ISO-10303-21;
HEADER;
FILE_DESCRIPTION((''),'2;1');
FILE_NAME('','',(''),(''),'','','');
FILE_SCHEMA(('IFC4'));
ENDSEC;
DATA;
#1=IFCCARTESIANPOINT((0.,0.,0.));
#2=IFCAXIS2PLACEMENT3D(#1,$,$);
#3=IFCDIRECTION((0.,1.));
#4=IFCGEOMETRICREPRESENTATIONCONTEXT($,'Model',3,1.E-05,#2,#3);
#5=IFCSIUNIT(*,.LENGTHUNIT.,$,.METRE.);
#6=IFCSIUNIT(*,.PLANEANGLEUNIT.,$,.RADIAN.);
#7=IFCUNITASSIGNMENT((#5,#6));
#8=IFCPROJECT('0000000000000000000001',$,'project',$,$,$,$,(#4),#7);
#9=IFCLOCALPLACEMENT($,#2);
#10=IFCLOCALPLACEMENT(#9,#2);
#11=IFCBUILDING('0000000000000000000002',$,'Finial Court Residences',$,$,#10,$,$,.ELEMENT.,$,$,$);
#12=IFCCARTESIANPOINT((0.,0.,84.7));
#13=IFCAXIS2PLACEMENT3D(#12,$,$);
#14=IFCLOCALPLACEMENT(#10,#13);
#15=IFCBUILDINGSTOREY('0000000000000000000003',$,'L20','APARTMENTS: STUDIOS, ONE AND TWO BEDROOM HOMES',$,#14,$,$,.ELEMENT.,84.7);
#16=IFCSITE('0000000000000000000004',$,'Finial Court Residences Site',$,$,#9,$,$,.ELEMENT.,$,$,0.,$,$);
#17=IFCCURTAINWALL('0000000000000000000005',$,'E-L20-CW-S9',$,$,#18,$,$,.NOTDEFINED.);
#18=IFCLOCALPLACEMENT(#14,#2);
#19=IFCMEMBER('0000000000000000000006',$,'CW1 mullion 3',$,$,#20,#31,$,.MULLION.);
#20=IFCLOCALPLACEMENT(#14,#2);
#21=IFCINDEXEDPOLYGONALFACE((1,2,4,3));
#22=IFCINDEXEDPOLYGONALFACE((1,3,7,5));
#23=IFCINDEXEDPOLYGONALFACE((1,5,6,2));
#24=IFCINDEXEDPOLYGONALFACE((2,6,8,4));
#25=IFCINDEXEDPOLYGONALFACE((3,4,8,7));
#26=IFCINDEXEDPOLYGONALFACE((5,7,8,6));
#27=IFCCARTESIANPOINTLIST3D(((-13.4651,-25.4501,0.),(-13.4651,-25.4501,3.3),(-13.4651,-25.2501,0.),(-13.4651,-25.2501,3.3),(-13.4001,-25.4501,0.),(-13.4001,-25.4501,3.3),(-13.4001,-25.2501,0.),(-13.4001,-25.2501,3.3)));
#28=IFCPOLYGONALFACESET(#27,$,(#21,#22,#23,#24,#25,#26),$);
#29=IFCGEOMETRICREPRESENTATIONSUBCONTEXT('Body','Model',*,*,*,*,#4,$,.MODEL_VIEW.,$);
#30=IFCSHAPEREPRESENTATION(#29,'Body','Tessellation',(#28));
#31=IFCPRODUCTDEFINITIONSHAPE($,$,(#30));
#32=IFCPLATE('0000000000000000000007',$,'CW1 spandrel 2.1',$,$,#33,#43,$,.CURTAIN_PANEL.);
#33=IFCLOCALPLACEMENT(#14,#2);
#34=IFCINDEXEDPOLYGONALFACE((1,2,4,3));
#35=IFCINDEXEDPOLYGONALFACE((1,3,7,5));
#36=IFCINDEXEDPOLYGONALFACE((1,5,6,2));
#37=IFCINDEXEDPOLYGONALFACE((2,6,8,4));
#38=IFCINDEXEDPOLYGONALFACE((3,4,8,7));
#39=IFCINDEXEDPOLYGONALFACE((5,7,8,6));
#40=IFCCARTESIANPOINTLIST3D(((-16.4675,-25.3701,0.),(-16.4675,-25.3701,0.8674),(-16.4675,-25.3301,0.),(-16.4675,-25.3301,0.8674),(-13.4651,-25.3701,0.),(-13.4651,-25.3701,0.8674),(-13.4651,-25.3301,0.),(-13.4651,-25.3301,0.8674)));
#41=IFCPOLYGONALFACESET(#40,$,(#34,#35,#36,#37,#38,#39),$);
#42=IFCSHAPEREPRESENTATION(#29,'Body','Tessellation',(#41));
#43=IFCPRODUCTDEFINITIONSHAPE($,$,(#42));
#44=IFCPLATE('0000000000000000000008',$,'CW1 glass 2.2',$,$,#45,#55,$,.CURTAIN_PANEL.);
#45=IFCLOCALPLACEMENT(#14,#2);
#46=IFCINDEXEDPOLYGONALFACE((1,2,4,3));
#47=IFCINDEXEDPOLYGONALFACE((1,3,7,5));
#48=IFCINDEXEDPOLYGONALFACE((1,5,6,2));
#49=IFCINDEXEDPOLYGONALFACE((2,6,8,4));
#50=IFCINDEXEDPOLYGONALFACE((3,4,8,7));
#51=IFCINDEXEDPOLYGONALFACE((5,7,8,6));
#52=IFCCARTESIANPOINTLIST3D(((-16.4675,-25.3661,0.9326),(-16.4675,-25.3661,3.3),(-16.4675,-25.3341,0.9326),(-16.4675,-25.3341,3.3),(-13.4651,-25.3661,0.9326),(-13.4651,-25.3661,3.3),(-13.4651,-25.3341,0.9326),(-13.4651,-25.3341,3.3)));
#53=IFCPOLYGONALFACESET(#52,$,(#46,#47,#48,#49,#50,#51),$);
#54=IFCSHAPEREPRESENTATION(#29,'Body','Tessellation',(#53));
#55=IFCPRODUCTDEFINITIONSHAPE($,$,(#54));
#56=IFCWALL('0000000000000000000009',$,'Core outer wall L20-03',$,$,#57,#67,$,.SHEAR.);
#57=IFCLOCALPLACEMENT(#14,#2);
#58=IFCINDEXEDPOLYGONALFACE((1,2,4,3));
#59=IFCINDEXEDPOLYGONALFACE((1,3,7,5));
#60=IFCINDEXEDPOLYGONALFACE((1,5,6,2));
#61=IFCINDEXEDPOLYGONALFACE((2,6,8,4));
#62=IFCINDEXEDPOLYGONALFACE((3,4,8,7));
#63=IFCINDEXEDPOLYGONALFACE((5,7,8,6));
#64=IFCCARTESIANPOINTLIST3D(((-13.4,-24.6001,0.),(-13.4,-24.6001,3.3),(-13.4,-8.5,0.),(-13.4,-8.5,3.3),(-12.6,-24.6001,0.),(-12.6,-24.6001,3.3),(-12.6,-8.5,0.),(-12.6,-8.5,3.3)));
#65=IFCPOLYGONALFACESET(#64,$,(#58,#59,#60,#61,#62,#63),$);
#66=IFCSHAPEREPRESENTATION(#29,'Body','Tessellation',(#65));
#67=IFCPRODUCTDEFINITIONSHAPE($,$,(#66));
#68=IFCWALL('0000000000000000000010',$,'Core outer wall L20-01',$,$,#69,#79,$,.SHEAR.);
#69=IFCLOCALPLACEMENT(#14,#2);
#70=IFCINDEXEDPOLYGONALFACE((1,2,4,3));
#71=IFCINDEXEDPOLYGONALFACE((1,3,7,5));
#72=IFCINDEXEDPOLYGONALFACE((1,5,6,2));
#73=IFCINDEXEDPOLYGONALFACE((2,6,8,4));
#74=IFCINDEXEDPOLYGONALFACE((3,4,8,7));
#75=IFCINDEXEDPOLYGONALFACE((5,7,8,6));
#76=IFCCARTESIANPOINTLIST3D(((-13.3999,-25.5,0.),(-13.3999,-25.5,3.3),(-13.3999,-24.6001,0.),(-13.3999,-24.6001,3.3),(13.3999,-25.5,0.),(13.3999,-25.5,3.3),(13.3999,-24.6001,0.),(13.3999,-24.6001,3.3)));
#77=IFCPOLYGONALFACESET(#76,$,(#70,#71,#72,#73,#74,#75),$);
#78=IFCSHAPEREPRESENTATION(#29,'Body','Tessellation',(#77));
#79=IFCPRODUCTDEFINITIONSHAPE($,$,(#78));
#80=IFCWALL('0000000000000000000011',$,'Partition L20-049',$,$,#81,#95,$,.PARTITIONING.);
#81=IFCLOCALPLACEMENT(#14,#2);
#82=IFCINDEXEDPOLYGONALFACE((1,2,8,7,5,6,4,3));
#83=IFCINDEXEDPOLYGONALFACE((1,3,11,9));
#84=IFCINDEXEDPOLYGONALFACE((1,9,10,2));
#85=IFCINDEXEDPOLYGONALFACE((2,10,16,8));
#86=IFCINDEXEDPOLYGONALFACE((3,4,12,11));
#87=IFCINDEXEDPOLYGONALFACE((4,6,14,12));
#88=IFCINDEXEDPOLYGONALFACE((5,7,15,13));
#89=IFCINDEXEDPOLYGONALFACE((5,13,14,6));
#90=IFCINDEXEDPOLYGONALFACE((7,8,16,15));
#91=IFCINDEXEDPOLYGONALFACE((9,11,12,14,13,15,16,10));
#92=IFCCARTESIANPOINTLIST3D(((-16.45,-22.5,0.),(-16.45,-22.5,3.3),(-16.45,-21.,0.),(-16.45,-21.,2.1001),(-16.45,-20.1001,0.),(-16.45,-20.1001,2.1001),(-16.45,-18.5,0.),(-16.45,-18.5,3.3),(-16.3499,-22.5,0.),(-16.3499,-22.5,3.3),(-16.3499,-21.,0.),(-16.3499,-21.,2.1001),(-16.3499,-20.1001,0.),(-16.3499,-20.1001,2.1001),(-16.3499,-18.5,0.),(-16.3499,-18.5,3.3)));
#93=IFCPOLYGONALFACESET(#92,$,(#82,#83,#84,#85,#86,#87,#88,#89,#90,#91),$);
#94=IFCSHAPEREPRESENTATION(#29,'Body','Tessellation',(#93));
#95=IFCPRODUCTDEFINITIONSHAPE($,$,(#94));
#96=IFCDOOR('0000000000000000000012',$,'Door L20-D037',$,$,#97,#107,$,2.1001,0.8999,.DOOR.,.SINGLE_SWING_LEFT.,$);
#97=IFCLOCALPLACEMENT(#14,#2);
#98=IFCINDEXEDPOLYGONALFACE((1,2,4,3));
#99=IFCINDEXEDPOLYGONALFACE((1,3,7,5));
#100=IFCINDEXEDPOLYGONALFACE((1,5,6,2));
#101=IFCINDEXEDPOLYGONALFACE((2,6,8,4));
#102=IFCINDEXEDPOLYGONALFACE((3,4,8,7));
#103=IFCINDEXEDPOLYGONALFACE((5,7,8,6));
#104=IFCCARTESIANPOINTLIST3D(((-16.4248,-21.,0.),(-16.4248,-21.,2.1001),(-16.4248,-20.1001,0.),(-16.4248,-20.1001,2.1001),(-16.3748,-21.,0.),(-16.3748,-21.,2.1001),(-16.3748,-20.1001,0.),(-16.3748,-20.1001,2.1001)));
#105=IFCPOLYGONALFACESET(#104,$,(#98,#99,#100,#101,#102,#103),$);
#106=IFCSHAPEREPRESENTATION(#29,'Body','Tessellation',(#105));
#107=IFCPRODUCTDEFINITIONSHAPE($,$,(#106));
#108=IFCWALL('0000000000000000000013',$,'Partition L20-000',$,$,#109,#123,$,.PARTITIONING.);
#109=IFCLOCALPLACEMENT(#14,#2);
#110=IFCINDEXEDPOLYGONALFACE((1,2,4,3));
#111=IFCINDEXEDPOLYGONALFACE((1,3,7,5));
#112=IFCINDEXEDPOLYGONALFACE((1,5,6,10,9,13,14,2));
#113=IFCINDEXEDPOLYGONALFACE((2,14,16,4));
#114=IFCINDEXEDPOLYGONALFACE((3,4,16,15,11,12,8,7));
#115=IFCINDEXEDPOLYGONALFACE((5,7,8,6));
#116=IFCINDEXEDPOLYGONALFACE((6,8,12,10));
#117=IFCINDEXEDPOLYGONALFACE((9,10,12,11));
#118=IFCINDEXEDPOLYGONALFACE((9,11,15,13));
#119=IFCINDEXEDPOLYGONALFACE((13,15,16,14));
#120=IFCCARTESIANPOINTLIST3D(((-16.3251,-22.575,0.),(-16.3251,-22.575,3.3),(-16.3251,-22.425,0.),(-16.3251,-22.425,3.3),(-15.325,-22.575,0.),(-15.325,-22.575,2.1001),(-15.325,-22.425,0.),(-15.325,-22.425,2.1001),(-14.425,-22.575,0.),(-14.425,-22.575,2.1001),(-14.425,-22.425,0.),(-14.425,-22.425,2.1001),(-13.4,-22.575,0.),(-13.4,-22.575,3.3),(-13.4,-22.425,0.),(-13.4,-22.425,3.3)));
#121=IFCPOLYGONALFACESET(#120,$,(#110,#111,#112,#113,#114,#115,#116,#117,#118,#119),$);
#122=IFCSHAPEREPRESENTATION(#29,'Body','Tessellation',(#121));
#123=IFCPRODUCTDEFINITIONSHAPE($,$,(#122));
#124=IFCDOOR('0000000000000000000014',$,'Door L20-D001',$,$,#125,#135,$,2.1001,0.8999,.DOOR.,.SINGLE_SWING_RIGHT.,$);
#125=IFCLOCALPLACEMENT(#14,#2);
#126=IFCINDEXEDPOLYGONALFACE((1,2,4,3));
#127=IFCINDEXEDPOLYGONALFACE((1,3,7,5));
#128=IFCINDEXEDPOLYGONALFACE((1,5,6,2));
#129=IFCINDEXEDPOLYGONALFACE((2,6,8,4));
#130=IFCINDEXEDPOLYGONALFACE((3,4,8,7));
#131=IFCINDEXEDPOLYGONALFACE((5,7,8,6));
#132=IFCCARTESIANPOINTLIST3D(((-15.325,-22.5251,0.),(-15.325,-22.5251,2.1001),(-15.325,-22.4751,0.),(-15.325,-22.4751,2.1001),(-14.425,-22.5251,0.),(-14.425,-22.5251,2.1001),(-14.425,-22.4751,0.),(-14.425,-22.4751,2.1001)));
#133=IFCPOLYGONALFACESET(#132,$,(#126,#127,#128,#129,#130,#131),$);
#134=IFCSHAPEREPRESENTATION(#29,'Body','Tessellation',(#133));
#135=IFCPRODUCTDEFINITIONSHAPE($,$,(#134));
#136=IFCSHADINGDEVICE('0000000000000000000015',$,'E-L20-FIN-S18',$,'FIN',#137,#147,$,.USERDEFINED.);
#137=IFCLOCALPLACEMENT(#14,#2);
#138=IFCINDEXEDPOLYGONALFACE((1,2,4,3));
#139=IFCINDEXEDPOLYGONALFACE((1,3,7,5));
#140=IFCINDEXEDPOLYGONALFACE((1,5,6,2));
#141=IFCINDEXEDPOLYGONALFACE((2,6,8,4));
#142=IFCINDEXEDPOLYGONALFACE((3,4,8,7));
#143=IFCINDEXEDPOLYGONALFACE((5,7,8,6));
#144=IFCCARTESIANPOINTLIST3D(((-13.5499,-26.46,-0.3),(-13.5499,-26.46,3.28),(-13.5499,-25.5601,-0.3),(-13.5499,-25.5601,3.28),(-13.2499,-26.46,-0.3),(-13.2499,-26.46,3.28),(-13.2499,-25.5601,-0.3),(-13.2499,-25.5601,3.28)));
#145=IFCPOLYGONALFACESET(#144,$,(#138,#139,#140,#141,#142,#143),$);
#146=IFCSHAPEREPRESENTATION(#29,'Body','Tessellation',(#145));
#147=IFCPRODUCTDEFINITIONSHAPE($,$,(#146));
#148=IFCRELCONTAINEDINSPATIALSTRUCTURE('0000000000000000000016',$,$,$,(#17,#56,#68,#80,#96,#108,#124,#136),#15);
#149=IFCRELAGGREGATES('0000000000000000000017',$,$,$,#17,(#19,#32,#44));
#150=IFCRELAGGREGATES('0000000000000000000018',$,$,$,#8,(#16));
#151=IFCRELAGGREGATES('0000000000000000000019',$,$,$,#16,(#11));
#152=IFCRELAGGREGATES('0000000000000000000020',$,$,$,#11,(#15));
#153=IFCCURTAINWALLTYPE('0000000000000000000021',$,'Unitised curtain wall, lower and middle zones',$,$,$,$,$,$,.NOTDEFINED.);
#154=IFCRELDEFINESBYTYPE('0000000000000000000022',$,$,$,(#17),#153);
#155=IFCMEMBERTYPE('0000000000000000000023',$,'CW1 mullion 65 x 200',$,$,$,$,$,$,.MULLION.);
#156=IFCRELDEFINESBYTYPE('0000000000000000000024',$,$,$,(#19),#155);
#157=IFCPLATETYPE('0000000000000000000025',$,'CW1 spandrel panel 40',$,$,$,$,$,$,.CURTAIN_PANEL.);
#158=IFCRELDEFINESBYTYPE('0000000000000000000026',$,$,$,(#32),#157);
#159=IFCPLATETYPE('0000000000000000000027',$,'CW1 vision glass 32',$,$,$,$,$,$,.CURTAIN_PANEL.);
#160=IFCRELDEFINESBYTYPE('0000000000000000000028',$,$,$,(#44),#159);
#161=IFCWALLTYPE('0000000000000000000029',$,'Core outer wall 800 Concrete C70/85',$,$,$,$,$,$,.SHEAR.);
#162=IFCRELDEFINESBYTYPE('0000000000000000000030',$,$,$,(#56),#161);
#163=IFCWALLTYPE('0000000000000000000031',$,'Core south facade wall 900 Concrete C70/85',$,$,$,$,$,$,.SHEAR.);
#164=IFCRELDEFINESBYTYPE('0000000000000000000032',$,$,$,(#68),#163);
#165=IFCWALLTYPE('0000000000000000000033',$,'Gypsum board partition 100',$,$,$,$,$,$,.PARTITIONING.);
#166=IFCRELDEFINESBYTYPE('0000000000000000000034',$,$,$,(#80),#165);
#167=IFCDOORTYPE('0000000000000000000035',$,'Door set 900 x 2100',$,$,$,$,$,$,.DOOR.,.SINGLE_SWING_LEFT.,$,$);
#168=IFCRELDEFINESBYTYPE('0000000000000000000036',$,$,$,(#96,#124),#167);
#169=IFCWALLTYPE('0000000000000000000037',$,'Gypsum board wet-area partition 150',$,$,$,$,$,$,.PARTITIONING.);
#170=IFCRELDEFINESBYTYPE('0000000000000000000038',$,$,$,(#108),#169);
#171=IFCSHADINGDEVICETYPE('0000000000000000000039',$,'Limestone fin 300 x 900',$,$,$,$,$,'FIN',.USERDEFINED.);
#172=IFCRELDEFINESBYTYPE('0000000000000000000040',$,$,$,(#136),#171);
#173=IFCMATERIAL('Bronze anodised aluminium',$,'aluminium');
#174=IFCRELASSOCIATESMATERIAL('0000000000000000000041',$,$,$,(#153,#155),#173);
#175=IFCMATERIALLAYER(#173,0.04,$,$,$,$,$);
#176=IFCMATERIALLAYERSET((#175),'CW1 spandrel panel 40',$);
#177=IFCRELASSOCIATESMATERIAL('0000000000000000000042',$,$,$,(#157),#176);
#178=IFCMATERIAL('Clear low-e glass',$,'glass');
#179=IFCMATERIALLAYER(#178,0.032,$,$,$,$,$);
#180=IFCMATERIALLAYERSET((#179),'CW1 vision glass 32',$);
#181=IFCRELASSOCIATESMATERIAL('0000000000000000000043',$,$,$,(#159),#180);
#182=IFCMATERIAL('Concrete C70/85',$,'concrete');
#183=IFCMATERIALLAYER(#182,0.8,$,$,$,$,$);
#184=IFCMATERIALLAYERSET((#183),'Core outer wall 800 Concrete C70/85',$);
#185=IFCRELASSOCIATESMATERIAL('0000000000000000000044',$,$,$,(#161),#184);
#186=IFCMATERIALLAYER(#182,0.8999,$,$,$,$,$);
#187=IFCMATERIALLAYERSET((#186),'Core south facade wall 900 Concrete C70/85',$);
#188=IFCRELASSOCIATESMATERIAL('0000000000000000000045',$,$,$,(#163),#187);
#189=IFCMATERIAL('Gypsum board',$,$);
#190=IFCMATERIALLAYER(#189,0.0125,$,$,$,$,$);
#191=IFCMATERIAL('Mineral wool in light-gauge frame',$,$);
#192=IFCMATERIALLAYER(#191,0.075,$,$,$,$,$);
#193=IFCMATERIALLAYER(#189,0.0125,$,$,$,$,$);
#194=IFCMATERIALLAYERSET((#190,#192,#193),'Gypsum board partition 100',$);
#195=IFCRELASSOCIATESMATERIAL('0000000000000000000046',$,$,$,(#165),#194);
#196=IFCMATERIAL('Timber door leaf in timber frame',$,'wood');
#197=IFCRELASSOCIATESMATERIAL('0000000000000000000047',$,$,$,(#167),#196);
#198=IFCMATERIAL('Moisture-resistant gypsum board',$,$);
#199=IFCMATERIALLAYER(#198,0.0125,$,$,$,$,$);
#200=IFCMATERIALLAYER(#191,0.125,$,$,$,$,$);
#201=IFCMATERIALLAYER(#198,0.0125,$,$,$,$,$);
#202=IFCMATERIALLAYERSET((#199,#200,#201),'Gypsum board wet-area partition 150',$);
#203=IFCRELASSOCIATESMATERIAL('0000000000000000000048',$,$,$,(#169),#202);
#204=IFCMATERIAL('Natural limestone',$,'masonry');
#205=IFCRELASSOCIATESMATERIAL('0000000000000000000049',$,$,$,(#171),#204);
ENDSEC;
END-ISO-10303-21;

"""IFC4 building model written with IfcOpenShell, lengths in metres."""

from ifc_helpers import new_model, si_unit, direction, frame, frame_2d, origin, origin_2d, place, context, subcontext, project, spatial, rectangle, extrude, material, layer, layer_set, material_profile, profile_set, type_object, element, fill, aggregate, save


model = new_model("IFC4")

# Units and contexts
model_context = context("Model", 3, precision=1e-05, world=origin(), true_north=direction((0.0, 1.0)))
body_context = subcontext(model_context, "Body", "Model", "MODEL_VIEW")
ifc_project = project(units=[si_unit("LENGTHUNIT", "METRE"), si_unit("PLANEANGLEUNIT", "RADIAN")], contexts=[model_context])

# Site, building, storey
site_placement = place(None, origin())
site = spatial("IfcSite", under=ifc_project, at=site_placement, Name="Finial Court Residences Site", CompositionType="ELEMENT", RefElevation=0.0)
building_placement = place(site_placement, origin())
building = spatial("IfcBuilding", under=site, at=building_placement, Name="Finial Court Residences", CompositionType="ELEMENT")
storey_placement = place(building_placement, frame((0.0, 0.0, 84.7)))
storey = spatial("IfcBuildingStorey", under=building, at=storey_placement, Name="L20", Description="APARTMENTS: STUDIOS, ONE AND TWO BEDROOM HOMES", CompositionType="ELEMENT", Elevation=84.7)

# Curtain wall, member, plates
ifc_material_1 = material(Name="Bronze anodised aluminium", Category="aluminium")
curtain_wall_type = type_object("IfcCurtainWallType", Name="Unitised curtain wall, lower and middle zones", PredefinedType="NOTDEFINED", material=ifc_material_1)
curtain_wall_placement = place(storey_placement, origin())
curtain_wall = element("IfcCurtainWall", 1, at=curtain_wall_placement, inside=storey, type_object=curtain_wall_type, Name="E-L20-CW-S9", PredefinedType="NOTDEFINED")
ifc_material_profile = material_profile(ifc_material_1, rectangle(XDim=0.2, YDim=0.0649, at=origin_2d()), Name="CW1 mullion 65 x 200")
ifc_profile_set = profile_set([ifc_material_profile], Name="Bronze anodised aluminium")
member_type = type_object("IfcMemberType", Name="CW1 mullion 65 x 200", PredefinedType="MULLION", material=ifc_profile_set)
member_placement = place(storey_placement, frame((-13.4326, -25.3501, 0.0), z_axis=(0.0, 0.0, 1.0), x_axis=(0.0, 1.0, 0.0)))
member = element("IfcMember", 2, at=member_placement, type_object=member_type, Name="CW1 mullion 3", PredefinedType="MULLION", context=body_context, shape_type="SweptSolid", body=[
    extrude(rectangle(XDim=0.2, YDim=0.0649, at=origin_2d()), origin(), (0.0, 0.0, 1.0), 3.3),
])
ifc_layer_1 = layer(ifc_material_1, 0.04)
ifc_layer_set_1 = layer_set([ifc_layer_1], Name="CW1 spandrel panel 40")
plate_type_1 = type_object("IfcPlateType", Name="CW1 spandrel panel 40", PredefinedType="CURTAIN_PANEL", material=ifc_layer_set_1)
plate_1_placement = place(storey_placement, frame((-14.9663, -25.3501, 0.0), z_axis=(0.0, 0.0, 1.0), x_axis=(1.0, 0.0, 0.0)))
plate_1 = element("IfcPlate", 3, at=plate_1_placement, type_object=plate_type_1, Name="CW1 spandrel 2.1", PredefinedType="CURTAIN_PANEL", context=body_context, shape_type="SweptSolid", body=[
    extrude(rectangle(XDim=3.0024, YDim=0.04, at=origin_2d()), origin(), (0.0, 0.0, 1.0), 0.8674),
])
ifc_material_2 = material(Name="Clear low-e glass", Category="glass")
ifc_layer_2 = layer(ifc_material_2, 0.032)
ifc_layer_set_2 = layer_set([ifc_layer_2], Name="CW1 vision glass 32")
plate_type_2 = type_object("IfcPlateType", Name="CW1 vision glass 32", PredefinedType="CURTAIN_PANEL", material=ifc_layer_set_2)
plate_2_placement = place(storey_placement, frame((-14.9663, -25.3501, 0.9326), z_axis=(0.0, 0.0, 1.0), x_axis=(1.0, 0.0, 0.0)))
plate_2 = element("IfcPlate", 4, at=plate_2_placement, type_object=plate_type_2, Name="CW1 glass 2.2", PredefinedType="CURTAIN_PANEL", context=body_context, shape_type="SweptSolid", body=[
    extrude(rectangle(XDim=3.0024, YDim=0.032, at=origin_2d()), origin(), (0.0, 0.0, 1.0), 2.3674),
])
aggregate(curtain_wall, [member, plate_1, plate_2])

# Walls
ifc_material_3 = material(Name="Concrete C70/85", Category="concrete")
ifc_layer_3 = layer(ifc_material_3, 0.8)
ifc_layer_set_3 = layer_set([ifc_layer_3], Name="Core outer wall 800 Concrete C70/85")
wall_type_1 = type_object("IfcWallType", Name="Core outer wall 800 Concrete C70/85", PredefinedType="SHEAR", material=ifc_layer_set_3)
wall_1_placement = place(storey_placement, frame((-13.0, -24.6001, 0.0), z_axis=(0.0, 0.0, 1.0), x_axis=(0.0, 1.0, 0.0)))
element("IfcWall", 5, at=wall_1_placement, inside=storey, type_object=wall_type_1, Name="Core outer wall L20-03", PredefinedType="SHEAR", context=body_context, shape_type="SweptSolid", body=[
    extrude(rectangle(XDim=16.1001, YDim=0.8, at=frame_2d((8.05, 0.0))), origin(), (0.0, 0.0, 1.0), 3.3),
])
ifc_layer_4 = layer(ifc_material_3, 0.8999)
ifc_layer_set_4 = layer_set([ifc_layer_4], Name="Core south facade wall 900 Concrete C70/85")
wall_type_2 = type_object("IfcWallType", Name="Core south facade wall 900 Concrete C70/85", PredefinedType="SHEAR", material=ifc_layer_set_4)
wall_2_placement = place(storey_placement, frame((-13.3999, -25.05, 0.0), z_axis=(0.0, 0.0, 1.0), x_axis=(1.0, 0.0, 0.0)))
element("IfcWall", 6, at=wall_2_placement, inside=storey, type_object=wall_type_2, Name="Core outer wall L20-01", PredefinedType="SHEAR", context=body_context, shape_type="SweptSolid", body=[
    extrude(rectangle(XDim=26.7998, YDim=0.8999, at=frame_2d((13.3999, 0.0))), origin(), (0.0, 0.0, 1.0), 3.3),
])

# Walls, openings, doors
ifc_material_4 = material(Name="Gypsum board")
ifc_layer_5 = layer(ifc_material_4, 0.0125)
ifc_material_5 = material(Name="Mineral wool in light-gauge frame")
ifc_layer_6 = layer(ifc_material_5, 0.075)
ifc_layer_7 = layer(ifc_material_4, 0.0125)
ifc_layer_set_5 = layer_set([ifc_layer_5, ifc_layer_6, ifc_layer_7], Name="Gypsum board partition 100")
wall_type_3 = type_object("IfcWallType", Name="Gypsum board partition 100", PredefinedType="PARTITIONING", material=ifc_layer_set_5)
wall_3_placement = place(storey_placement, frame((-16.3999, -22.5, 0.0), z_axis=(0.0, 0.0, 1.0), x_axis=(0.0, 1.0, 0.0)))
wall_3 = element("IfcWall", 7, at=wall_3_placement, inside=storey, type_object=wall_type_3, Name="Partition L20-049", PredefinedType="PARTITIONING", context=body_context, shape_type="SweptSolid", body=[
    extrude(rectangle(XDim=4.0, YDim=0.1001, at=frame_2d((2.0, 0.0))), origin(), (0.0, 0.0, 1.0), 3.3),
])
opening_1_placement = place(wall_3_placement, frame((1.5, 0.0, 0.0)))
opening_1 = element("IfcOpeningElement", 8, at=opening_1_placement, cuts=wall_3, PredefinedType="OPENING", context=body_context, shape_type="SweptSolid", body=[
    extrude(rectangle(XDim=0.8999, YDim=2.1001, at=frame_2d((0.45, 1.05))), frame((0.0, 0.0601, 0.0), z_axis=(0.0, -1.0, 0.0), x_axis=(1.0, 0.0, 0.0)), (0.0, 0.0, 1.0), 0.1201),
])
ifc_material_6 = material(Name="Timber door leaf in timber frame", Category="wood")
door_type = type_object("IfcDoorType", Name="Door set 900 x 2100", OperationType="SINGLE_SWING_LEFT", PredefinedType="DOOR", material=ifc_material_6)
door_1_placement = place(opening_1_placement, origin())
door_1 = element("IfcDoor", 9, at=door_1_placement, inside=storey, type_object=door_type, Name="Door L20-D037", OperationType="SINGLE_SWING_LEFT", OverallHeight=2.1001, OverallWidth=0.8999, PredefinedType="DOOR", context=body_context, shape_type="SweptSolid", body=[
    extrude(rectangle(XDim=0.8999, YDim=2.1001, at=frame_2d((0.45, 1.05))), frame((0.0, 0.0249, 0.0), z_axis=(0.0, -1.0, 0.0), x_axis=(1.0, 0.0, 0.0)), (0.0, 0.0, 1.0), 0.05),
])
fill(opening_1, door_1)
ifc_material_7 = material(Name="Moisture-resistant gypsum board")
ifc_layer_8 = layer(ifc_material_7, 0.0125)
ifc_layer_9 = layer(ifc_material_5, 0.125)
ifc_layer_10 = layer(ifc_material_7, 0.0125)
ifc_layer_set_6 = layer_set([ifc_layer_8, ifc_layer_9, ifc_layer_10], Name="Gypsum board wet-area partition 150")
wall_type_4 = type_object("IfcWallType", Name="Gypsum board wet-area partition 150", PredefinedType="PARTITIONING", material=ifc_layer_set_6)
wall_4_placement = place(storey_placement, frame((-16.325, -22.5, 0.0), z_axis=(0.0, 0.0, 1.0), x_axis=(1.0, 0.0, 0.0)))
wall_4 = element("IfcWall", 10, at=wall_4_placement, inside=storey, type_object=wall_type_4, Name="Partition L20-000", PredefinedType="PARTITIONING", context=body_context, shape_type="SweptSolid", body=[
    extrude(rectangle(XDim=2.925, YDim=0.1499, at=frame_2d((1.4624, 0.0))), origin(), (0.0, 0.0, 1.0), 3.3),
])
opening_2_placement = place(wall_4_placement, frame((1.0, 0.0, 0.0)))
opening_2 = element("IfcOpeningElement", 11, at=opening_2_placement, cuts=wall_4, PredefinedType="OPENING", context=body_context, shape_type="SweptSolid", body=[
    extrude(rectangle(XDim=0.8999, YDim=2.1001, at=frame_2d((0.45, 1.05))), frame((0.0, 0.085, 0.0), z_axis=(0.0, -1.0, 0.0), x_axis=(1.0, 0.0, 0.0)), (0.0, 0.0, 1.0), 0.1699),
])
door_2_placement = place(opening_2_placement, origin())
door_2 = element("IfcDoor", 12, at=door_2_placement, inside=storey, type_object=door_type, Name="Door L20-D001", OperationType="SINGLE_SWING_RIGHT", OverallHeight=2.1001, OverallWidth=0.8999, PredefinedType="DOOR", context=body_context, shape_type="SweptSolid", body=[
    extrude(rectangle(XDim=0.8999, YDim=2.1001, at=frame_2d((0.45, 1.05))), frame((0.0, 0.0249, 0.0), z_axis=(0.0, -1.0, 0.0), x_axis=(1.0, 0.0, 0.0)), (0.0, 0.0, 1.0), 0.05),
])
fill(opening_2, door_2)

# Shading device
ifc_material_8 = material(Name="Natural limestone", Category="masonry")
shading_device_type = type_object("IfcShadingDeviceType", Name="Limestone fin 300 x 900", ElementType="FIN", PredefinedType="USERDEFINED", material=ifc_material_8)
shading_device_placement = place(storey_placement, frame((-13.3999, -26.01, -0.3), z_axis=(0.0, 0.0, 1.0), x_axis=(1.0, 0.0, 0.0)))
element("IfcShadingDevice", 13, at=shading_device_placement, inside=storey, type_object=shading_device_type, Name="E-L20-FIN-S18", ObjectType="FIN", PredefinedType="USERDEFINED", context=body_context, shape_type="SweptSolid", body=[
    extrude(rectangle(XDim=0.3, YDim=0.8999, at=origin_2d()), origin(), (0.0, 0.0, 1.0), 3.5801),
])

save(model, "model.ifc")
